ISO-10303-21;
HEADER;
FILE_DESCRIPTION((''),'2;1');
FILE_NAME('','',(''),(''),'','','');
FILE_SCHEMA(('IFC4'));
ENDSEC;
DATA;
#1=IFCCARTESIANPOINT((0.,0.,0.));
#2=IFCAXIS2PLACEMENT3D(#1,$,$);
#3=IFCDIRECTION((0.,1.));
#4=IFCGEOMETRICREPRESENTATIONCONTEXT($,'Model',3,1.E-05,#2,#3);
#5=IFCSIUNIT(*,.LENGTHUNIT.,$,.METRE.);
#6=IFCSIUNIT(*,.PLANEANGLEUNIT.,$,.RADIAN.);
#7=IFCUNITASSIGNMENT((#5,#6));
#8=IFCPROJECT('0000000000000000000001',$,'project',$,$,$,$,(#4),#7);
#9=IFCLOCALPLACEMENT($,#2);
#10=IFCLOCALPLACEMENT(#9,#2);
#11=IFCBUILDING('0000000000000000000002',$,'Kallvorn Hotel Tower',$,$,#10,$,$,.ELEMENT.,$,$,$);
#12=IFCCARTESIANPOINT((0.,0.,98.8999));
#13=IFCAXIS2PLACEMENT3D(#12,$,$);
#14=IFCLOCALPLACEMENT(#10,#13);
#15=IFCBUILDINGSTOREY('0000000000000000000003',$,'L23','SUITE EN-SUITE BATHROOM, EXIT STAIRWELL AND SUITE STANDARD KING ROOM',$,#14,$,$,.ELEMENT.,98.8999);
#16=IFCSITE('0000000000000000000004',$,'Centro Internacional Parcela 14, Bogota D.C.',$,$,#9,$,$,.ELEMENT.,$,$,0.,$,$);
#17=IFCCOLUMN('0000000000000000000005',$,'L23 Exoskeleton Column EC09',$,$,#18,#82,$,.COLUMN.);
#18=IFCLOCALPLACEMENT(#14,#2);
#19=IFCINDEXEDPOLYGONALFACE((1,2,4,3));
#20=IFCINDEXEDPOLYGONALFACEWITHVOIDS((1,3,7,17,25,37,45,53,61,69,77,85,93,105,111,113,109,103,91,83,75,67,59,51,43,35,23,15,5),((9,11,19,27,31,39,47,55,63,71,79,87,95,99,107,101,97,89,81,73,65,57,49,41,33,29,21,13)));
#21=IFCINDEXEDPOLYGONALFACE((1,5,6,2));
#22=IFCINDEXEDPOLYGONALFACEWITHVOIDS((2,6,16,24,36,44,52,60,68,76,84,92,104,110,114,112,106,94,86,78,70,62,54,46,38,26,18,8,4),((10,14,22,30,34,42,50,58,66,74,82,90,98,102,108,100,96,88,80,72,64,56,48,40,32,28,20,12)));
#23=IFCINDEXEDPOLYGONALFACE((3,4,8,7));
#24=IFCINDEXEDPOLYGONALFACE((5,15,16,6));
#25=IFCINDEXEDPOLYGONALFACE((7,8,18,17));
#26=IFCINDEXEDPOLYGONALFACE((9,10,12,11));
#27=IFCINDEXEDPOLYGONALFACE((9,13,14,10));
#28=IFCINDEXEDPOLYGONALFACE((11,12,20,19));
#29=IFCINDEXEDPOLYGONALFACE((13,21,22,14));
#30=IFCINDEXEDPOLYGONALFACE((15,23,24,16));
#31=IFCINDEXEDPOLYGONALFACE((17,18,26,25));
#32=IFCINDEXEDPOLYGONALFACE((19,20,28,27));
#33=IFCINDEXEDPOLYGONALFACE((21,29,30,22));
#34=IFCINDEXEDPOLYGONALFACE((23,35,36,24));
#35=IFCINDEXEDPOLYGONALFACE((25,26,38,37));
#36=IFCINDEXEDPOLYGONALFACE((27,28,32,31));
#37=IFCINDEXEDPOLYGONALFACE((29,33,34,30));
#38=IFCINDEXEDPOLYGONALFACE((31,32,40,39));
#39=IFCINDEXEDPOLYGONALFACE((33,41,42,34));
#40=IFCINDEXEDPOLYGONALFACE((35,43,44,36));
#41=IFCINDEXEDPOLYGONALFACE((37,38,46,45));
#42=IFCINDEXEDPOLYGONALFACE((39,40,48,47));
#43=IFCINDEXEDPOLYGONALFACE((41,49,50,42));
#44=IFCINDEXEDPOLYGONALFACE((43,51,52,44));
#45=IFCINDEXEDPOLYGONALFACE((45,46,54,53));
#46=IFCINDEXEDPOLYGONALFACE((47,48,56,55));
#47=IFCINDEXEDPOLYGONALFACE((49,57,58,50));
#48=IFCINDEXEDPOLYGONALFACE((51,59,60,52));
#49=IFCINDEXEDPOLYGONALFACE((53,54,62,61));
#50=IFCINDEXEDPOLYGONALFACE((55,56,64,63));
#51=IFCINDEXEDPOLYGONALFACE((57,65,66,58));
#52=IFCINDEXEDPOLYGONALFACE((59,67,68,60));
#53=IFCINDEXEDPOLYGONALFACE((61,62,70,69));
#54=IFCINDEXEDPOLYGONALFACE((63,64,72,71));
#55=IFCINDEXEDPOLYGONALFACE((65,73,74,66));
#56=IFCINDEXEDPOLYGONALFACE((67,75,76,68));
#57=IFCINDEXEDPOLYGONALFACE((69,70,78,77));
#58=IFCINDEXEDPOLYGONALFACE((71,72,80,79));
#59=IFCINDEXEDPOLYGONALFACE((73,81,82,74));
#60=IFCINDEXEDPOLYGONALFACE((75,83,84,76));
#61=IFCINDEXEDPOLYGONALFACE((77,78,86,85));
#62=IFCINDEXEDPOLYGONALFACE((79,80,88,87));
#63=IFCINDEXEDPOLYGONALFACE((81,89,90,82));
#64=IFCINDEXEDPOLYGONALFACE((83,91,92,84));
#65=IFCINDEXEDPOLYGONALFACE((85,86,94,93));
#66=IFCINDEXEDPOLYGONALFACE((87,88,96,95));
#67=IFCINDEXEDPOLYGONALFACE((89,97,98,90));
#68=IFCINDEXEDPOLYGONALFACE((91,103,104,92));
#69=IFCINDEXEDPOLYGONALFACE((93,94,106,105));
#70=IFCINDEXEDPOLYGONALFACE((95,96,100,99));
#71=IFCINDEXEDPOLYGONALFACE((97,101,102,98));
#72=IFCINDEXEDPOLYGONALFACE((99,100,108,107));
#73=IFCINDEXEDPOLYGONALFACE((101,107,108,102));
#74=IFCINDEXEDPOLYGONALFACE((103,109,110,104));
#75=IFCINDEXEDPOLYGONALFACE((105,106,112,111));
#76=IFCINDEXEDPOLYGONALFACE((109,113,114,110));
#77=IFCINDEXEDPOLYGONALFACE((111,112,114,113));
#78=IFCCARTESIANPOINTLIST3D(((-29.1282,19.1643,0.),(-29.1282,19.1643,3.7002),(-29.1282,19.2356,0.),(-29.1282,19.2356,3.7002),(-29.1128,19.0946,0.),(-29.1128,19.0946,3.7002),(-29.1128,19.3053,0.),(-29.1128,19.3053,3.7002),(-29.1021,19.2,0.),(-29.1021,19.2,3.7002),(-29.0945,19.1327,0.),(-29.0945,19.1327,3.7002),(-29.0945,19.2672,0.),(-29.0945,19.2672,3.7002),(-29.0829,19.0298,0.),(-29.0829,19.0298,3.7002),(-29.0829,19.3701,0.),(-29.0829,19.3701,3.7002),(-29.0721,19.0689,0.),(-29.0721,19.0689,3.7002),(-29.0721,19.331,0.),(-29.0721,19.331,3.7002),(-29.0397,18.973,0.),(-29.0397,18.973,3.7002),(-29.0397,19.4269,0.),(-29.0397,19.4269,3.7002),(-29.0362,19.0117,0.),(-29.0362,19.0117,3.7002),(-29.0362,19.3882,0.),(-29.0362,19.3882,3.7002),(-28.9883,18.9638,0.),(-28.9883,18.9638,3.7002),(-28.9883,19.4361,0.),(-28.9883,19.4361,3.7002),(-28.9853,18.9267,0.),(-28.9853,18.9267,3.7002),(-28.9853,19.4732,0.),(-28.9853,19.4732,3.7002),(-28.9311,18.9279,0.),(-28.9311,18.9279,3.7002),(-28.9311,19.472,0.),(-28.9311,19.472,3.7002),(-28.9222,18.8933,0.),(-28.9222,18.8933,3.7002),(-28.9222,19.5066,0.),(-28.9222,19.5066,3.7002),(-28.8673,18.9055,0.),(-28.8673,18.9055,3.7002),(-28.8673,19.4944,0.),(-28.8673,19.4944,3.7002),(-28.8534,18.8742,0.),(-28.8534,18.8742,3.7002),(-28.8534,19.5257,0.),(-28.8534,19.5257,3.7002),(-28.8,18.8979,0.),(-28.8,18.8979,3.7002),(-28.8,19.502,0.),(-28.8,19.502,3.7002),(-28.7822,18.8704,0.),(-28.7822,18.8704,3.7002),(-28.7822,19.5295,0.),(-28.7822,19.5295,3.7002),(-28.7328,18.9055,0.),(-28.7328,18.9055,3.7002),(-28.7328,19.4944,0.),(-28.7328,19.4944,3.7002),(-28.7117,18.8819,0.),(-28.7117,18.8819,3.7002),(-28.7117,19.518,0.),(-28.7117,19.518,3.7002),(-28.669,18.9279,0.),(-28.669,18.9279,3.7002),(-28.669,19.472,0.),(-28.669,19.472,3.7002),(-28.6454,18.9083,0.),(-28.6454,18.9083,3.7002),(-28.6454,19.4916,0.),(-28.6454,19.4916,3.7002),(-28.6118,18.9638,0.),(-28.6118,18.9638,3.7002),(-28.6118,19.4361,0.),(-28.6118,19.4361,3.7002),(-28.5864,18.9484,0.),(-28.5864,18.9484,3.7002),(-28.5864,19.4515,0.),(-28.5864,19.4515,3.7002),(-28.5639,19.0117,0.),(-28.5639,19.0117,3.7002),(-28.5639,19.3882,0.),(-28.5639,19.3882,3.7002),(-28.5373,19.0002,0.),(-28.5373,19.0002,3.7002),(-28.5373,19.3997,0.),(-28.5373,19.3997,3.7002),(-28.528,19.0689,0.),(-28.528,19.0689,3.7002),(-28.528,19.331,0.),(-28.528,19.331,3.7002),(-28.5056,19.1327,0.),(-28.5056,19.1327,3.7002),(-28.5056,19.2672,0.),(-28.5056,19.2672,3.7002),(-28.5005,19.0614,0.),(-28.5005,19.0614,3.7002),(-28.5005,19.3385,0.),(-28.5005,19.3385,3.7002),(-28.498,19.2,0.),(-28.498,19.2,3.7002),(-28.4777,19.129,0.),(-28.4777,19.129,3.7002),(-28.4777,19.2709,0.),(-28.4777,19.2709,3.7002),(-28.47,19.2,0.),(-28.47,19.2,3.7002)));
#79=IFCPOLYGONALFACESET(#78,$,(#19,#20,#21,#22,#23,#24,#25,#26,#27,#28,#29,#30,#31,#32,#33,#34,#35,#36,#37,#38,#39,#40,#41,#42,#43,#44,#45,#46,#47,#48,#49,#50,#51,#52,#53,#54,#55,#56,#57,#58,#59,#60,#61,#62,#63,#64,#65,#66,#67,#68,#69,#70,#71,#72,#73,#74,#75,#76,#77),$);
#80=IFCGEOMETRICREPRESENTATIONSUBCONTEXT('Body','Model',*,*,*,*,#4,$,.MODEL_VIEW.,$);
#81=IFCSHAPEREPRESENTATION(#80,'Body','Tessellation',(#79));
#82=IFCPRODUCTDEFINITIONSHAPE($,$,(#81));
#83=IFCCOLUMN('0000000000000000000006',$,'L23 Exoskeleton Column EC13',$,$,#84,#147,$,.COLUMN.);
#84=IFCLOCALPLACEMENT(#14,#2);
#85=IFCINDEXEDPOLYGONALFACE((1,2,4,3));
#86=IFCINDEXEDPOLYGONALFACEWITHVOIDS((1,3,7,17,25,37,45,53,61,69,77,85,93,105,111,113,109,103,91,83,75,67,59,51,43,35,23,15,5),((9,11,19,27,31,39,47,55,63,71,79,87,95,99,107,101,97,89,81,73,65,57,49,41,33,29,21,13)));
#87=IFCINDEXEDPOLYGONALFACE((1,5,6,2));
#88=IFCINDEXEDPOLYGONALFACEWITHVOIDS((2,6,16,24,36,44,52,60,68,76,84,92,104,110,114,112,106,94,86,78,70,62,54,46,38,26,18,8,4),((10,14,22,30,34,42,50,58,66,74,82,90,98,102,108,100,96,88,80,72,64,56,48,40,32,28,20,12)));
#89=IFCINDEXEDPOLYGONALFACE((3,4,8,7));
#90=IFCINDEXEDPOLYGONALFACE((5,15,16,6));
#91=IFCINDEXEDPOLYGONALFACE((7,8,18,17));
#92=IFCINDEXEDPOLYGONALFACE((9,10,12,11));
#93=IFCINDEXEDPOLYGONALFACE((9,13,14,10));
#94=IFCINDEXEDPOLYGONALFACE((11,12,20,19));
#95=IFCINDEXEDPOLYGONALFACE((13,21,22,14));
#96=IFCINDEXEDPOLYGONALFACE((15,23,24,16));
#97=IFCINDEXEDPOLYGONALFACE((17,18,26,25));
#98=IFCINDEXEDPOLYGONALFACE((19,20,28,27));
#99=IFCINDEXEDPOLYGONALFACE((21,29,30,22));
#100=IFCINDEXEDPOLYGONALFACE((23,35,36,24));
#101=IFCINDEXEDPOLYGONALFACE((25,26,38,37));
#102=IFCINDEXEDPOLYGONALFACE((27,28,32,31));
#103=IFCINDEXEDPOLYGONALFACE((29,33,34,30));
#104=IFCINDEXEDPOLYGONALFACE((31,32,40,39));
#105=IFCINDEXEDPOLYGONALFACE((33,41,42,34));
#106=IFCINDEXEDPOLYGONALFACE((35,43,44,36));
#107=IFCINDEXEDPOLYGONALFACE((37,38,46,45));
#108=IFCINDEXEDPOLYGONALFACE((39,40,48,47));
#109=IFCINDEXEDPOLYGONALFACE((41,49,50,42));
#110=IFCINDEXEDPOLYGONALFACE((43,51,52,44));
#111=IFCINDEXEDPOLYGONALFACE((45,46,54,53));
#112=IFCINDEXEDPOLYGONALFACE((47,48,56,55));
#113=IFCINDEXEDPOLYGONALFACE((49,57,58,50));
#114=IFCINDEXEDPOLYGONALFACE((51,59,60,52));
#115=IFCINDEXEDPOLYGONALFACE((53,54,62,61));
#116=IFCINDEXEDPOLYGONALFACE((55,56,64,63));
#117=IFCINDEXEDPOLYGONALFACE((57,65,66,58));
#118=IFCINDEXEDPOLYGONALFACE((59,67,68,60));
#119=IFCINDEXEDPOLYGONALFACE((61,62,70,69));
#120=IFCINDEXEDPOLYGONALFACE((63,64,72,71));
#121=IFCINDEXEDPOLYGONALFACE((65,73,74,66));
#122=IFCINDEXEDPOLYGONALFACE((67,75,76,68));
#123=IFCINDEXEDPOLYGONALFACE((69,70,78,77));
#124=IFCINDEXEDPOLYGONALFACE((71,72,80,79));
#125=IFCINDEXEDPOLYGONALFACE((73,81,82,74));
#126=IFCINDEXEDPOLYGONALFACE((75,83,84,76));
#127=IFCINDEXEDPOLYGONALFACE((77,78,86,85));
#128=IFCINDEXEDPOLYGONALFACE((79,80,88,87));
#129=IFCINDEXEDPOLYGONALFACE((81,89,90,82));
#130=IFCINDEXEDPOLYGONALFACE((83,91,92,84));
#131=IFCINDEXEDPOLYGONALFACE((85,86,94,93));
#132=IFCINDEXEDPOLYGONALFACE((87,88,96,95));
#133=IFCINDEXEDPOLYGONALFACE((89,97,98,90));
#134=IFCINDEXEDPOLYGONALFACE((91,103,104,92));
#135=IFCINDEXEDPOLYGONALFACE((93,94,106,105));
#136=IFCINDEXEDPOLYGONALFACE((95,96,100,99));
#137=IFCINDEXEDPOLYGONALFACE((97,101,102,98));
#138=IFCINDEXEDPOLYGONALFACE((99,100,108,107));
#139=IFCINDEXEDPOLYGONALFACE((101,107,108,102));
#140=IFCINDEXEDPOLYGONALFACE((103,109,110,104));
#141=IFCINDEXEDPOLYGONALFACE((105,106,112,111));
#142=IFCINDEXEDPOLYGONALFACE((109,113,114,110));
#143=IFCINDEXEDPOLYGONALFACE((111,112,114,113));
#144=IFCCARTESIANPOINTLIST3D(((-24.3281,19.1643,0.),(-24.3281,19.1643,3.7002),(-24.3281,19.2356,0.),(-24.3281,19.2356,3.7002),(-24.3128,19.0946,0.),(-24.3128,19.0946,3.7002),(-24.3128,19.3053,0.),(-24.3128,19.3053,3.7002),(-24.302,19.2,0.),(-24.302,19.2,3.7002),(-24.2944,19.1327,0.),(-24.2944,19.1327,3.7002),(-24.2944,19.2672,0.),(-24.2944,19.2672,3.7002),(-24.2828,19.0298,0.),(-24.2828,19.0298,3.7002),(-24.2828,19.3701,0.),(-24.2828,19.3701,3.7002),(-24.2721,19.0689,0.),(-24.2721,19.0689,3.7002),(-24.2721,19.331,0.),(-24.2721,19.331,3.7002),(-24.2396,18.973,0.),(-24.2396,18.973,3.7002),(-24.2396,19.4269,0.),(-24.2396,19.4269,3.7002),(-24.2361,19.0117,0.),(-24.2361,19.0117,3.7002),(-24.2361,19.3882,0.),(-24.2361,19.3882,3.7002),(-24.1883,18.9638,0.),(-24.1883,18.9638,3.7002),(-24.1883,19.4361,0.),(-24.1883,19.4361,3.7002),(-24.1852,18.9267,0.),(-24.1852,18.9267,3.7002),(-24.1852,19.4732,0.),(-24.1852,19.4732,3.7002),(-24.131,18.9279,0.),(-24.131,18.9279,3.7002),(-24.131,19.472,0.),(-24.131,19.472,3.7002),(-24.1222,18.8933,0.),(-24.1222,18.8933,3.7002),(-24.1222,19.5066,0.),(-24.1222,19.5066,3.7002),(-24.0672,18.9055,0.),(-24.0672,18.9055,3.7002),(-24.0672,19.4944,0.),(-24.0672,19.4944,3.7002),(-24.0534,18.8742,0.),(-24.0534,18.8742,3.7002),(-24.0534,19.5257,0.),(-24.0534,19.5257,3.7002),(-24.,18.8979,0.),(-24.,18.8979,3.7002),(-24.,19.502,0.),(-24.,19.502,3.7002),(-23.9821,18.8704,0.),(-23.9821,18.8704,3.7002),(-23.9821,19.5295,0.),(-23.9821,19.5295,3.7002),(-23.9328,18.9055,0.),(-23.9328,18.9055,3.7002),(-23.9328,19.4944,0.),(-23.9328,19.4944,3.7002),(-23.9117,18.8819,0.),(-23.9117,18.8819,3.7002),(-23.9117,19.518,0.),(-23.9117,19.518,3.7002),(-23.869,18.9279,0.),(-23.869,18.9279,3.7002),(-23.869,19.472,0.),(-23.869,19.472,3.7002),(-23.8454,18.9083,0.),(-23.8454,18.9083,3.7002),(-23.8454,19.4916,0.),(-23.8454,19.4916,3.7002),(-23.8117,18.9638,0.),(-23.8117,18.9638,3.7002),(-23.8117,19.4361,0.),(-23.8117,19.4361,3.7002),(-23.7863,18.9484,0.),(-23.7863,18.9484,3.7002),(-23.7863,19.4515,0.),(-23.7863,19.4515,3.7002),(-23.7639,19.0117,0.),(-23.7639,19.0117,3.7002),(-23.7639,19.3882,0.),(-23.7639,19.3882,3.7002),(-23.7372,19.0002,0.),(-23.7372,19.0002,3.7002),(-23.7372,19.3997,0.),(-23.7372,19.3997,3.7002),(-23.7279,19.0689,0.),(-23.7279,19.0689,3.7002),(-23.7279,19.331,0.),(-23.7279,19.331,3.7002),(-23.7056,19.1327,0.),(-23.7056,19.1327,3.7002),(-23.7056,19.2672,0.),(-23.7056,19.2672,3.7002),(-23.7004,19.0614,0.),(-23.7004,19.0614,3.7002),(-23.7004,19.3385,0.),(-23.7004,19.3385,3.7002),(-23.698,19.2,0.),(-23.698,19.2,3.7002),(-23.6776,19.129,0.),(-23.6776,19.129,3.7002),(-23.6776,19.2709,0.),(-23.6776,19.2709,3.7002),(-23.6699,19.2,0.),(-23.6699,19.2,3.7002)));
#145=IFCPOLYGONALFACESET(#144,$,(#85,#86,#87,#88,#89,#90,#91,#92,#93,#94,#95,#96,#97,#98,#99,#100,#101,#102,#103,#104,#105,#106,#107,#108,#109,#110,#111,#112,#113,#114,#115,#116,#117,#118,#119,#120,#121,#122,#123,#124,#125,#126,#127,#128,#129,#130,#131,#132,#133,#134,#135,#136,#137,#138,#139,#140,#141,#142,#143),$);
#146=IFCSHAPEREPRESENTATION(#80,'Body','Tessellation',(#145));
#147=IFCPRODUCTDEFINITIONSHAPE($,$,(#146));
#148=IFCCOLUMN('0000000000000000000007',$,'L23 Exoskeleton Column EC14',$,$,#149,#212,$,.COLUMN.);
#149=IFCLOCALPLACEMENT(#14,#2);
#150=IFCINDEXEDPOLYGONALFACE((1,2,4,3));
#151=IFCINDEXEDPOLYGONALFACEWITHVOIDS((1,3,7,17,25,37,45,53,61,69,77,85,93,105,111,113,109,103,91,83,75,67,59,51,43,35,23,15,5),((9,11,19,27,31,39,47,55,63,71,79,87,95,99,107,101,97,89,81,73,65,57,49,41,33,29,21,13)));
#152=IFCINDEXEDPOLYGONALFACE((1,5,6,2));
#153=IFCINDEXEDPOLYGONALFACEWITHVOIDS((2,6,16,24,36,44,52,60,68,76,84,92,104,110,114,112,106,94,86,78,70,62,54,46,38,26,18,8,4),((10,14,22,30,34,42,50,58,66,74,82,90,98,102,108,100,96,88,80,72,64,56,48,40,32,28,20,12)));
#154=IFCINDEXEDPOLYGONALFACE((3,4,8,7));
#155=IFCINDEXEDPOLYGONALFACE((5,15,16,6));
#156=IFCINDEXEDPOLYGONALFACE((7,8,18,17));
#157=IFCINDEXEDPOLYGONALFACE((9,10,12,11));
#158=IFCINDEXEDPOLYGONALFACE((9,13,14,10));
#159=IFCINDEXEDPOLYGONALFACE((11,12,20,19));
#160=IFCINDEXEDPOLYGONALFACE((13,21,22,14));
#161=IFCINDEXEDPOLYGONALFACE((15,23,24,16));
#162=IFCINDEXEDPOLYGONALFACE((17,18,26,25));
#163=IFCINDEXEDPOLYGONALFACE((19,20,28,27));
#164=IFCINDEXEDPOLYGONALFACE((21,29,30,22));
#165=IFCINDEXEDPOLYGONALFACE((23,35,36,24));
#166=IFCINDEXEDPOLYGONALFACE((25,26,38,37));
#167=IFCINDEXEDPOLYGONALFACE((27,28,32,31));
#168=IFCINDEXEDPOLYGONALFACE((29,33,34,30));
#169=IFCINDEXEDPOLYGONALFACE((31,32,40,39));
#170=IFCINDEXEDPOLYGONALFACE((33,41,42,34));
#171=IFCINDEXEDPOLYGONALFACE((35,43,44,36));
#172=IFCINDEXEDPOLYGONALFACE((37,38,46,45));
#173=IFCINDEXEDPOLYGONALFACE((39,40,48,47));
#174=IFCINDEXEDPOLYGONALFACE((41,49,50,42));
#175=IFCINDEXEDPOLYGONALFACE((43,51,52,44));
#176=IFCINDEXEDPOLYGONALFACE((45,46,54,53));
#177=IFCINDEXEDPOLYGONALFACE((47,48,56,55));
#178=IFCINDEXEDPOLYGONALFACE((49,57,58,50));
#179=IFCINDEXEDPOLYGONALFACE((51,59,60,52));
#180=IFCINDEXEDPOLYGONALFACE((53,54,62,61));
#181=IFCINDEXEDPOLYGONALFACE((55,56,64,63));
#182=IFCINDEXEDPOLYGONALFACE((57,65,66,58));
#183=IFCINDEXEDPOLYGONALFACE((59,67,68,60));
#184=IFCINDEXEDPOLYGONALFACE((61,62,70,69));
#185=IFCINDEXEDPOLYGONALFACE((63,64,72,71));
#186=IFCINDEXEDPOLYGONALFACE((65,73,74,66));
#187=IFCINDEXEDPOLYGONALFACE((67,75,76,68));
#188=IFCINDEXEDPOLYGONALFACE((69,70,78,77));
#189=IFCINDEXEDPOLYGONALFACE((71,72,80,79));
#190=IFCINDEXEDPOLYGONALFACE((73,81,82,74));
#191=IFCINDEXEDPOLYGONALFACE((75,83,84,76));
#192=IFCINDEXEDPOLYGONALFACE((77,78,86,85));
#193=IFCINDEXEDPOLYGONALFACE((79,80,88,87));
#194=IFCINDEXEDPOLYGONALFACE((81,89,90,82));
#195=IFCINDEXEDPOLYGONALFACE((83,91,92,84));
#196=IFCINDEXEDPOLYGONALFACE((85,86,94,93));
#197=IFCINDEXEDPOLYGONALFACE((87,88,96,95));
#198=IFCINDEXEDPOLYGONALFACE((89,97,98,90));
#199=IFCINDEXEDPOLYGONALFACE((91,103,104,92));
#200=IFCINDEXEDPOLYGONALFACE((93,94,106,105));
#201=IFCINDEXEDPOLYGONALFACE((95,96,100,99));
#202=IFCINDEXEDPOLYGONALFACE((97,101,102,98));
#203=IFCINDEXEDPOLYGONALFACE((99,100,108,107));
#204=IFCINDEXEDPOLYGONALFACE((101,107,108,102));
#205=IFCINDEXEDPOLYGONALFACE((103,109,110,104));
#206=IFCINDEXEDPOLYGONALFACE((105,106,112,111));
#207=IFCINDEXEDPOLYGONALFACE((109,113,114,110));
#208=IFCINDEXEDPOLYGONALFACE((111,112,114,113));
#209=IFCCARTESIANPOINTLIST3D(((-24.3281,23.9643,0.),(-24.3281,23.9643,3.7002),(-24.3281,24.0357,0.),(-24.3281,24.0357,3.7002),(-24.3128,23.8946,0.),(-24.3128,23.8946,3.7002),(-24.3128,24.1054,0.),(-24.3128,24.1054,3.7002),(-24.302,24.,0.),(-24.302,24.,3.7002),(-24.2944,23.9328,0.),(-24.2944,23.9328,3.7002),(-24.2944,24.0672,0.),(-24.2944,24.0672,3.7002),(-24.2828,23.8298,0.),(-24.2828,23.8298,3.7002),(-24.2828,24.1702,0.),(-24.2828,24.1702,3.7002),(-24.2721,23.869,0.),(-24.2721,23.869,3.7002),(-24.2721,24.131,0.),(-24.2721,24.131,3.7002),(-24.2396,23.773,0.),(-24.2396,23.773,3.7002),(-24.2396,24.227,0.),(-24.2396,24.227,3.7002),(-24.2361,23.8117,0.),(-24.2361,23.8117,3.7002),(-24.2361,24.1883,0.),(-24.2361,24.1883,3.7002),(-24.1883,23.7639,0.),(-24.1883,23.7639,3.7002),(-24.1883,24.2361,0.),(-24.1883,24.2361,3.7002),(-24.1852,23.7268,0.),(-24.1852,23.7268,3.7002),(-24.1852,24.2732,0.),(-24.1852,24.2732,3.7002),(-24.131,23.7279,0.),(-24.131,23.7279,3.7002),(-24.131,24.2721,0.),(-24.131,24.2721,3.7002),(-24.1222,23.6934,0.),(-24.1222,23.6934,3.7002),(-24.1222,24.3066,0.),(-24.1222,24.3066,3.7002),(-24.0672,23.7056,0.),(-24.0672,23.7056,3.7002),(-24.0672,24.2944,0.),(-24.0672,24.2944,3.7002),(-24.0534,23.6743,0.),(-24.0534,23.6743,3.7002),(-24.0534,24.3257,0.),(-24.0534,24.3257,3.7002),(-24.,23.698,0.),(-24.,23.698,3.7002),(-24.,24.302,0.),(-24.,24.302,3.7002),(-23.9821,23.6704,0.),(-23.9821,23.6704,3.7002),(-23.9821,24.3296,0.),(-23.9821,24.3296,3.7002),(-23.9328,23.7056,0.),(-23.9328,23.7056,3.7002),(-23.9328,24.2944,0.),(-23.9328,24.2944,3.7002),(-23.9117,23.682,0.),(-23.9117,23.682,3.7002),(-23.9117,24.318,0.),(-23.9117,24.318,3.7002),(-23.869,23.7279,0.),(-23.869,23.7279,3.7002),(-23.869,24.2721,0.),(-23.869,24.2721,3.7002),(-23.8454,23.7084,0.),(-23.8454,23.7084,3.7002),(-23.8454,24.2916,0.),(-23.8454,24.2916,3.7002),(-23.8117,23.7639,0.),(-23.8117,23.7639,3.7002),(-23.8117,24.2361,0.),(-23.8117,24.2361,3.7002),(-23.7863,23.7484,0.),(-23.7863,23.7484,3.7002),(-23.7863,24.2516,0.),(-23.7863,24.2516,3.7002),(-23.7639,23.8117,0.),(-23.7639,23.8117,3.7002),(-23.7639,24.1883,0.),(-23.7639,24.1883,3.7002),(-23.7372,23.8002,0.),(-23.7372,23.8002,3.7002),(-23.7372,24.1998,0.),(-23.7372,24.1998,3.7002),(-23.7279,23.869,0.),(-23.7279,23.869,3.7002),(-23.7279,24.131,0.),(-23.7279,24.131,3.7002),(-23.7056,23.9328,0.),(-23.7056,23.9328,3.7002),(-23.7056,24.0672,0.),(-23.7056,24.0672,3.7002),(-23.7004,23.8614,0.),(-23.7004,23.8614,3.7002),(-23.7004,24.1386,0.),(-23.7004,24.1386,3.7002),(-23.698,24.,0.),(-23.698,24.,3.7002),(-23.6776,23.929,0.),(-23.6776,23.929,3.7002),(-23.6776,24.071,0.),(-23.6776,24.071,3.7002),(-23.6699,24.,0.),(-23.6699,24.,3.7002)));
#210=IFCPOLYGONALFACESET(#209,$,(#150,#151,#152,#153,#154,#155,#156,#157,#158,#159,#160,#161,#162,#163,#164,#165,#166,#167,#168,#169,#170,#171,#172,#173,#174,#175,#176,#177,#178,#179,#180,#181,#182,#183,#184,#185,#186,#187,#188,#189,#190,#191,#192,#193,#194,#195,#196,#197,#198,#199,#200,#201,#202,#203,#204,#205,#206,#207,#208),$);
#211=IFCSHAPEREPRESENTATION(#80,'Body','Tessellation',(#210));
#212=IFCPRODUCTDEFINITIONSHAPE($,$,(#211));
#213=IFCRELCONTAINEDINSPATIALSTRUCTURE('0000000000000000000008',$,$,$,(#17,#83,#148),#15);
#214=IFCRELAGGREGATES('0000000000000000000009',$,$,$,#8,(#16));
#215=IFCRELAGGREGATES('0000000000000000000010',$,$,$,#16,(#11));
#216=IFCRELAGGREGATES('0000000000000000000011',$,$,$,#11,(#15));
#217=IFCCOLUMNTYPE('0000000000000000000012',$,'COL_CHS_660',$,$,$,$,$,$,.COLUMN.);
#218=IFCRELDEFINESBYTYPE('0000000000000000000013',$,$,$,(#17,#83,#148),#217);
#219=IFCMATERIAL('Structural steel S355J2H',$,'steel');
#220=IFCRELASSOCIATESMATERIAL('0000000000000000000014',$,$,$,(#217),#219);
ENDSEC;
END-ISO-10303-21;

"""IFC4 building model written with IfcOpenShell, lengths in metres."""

from ifc_helpers import new_model, si_unit, direction, frame, origin, origin_2d, place, context, subcontext, project, spatial, hollow_circle, extrude, material, material_profile, profile_set, type_object, element, save


model = new_model("IFC4")

# Units and contexts
model_context = context("Model", 3, precision=1e-05, world=origin(), true_north=direction((0.0, 1.0)))
body_context = subcontext(model_context, "Body", "Model", "MODEL_VIEW")
ifc_project = project(units=[si_unit("LENGTHUNIT", "METRE"), si_unit("PLANEANGLEUNIT", "RADIAN")], contexts=[model_context])

# Site, building, storey
site_placement = place(None, origin())
site = spatial("IfcSite", under=ifc_project, at=site_placement, Name="Centro Internacional Parcela 14, Bogota D.C.", CompositionType="ELEMENT", RefElevation=0.0)
building_placement = place(site_placement, origin())
building = spatial("IfcBuilding", under=site, at=building_placement, Name="Kallvorn Hotel Tower", CompositionType="ELEMENT")
storey_placement = place(building_placement, frame((0.0, 0.0, 98.8999)))
storey = spatial("IfcBuildingStorey", under=building, at=storey_placement, Name="L23", Description="SUITE EN-SUITE BATHROOM, EXIT STAIRWELL AND SUITE STANDARD KING ROOM", CompositionType="ELEMENT", Elevation=98.8999)

# Columns
ifc_material_1 = material(Name="Structural steel S355J2H", Category="steel")
ifc_material_profile_1 = material_profile(ifc_material_1, hollow_circle(Radius=0.3301, WallThickness=0.0281, at=origin_2d()), Name="CHS 660x28")
ifc_profile_set_1 = profile_set([ifc_material_profile_1], Name="Structural steel S355J2H")
column_type_1 = type_object("IfcColumnType", Name="COL_CHS_660", PredefinedType="COLUMN", material=ifc_profile_set_1)
for number, where, z_axis, x_axis, name in (
    (1, (-28.8, 19.2, 0.0), (0.0, 0.0, 1.0), (1.0, 0.0, 0.0), "L23 Exoskeleton Column EC09"),
    (2, (-24.0, 19.2, 0.0), (0.0, 0.0, 1.0), (1.0, 0.0, 0.0), "L23 Exoskeleton Column EC13"),
    (3, (-24.0, 24.0, 0.0), (0.0, 0.0, 1.0), (1.0, 0.0, 0.0), "L23 Exoskeleton Column EC14"),
):
    element("IfcColumn", number, at=place(storey_placement, frame(where, z_axis=z_axis, x_axis=x_axis)), inside=storey, type_object=column_type_1, Name=name, PredefinedType="COLUMN", context=body_context, shape_type="SweptSolid", body=[
        extrude(hollow_circle(Radius=0.3301, WallThickness=0.0281, at=origin_2d()), origin(), (0.0, 0.0, 1.0), 3.7002),
    ])

save(model, "model.ifc")
